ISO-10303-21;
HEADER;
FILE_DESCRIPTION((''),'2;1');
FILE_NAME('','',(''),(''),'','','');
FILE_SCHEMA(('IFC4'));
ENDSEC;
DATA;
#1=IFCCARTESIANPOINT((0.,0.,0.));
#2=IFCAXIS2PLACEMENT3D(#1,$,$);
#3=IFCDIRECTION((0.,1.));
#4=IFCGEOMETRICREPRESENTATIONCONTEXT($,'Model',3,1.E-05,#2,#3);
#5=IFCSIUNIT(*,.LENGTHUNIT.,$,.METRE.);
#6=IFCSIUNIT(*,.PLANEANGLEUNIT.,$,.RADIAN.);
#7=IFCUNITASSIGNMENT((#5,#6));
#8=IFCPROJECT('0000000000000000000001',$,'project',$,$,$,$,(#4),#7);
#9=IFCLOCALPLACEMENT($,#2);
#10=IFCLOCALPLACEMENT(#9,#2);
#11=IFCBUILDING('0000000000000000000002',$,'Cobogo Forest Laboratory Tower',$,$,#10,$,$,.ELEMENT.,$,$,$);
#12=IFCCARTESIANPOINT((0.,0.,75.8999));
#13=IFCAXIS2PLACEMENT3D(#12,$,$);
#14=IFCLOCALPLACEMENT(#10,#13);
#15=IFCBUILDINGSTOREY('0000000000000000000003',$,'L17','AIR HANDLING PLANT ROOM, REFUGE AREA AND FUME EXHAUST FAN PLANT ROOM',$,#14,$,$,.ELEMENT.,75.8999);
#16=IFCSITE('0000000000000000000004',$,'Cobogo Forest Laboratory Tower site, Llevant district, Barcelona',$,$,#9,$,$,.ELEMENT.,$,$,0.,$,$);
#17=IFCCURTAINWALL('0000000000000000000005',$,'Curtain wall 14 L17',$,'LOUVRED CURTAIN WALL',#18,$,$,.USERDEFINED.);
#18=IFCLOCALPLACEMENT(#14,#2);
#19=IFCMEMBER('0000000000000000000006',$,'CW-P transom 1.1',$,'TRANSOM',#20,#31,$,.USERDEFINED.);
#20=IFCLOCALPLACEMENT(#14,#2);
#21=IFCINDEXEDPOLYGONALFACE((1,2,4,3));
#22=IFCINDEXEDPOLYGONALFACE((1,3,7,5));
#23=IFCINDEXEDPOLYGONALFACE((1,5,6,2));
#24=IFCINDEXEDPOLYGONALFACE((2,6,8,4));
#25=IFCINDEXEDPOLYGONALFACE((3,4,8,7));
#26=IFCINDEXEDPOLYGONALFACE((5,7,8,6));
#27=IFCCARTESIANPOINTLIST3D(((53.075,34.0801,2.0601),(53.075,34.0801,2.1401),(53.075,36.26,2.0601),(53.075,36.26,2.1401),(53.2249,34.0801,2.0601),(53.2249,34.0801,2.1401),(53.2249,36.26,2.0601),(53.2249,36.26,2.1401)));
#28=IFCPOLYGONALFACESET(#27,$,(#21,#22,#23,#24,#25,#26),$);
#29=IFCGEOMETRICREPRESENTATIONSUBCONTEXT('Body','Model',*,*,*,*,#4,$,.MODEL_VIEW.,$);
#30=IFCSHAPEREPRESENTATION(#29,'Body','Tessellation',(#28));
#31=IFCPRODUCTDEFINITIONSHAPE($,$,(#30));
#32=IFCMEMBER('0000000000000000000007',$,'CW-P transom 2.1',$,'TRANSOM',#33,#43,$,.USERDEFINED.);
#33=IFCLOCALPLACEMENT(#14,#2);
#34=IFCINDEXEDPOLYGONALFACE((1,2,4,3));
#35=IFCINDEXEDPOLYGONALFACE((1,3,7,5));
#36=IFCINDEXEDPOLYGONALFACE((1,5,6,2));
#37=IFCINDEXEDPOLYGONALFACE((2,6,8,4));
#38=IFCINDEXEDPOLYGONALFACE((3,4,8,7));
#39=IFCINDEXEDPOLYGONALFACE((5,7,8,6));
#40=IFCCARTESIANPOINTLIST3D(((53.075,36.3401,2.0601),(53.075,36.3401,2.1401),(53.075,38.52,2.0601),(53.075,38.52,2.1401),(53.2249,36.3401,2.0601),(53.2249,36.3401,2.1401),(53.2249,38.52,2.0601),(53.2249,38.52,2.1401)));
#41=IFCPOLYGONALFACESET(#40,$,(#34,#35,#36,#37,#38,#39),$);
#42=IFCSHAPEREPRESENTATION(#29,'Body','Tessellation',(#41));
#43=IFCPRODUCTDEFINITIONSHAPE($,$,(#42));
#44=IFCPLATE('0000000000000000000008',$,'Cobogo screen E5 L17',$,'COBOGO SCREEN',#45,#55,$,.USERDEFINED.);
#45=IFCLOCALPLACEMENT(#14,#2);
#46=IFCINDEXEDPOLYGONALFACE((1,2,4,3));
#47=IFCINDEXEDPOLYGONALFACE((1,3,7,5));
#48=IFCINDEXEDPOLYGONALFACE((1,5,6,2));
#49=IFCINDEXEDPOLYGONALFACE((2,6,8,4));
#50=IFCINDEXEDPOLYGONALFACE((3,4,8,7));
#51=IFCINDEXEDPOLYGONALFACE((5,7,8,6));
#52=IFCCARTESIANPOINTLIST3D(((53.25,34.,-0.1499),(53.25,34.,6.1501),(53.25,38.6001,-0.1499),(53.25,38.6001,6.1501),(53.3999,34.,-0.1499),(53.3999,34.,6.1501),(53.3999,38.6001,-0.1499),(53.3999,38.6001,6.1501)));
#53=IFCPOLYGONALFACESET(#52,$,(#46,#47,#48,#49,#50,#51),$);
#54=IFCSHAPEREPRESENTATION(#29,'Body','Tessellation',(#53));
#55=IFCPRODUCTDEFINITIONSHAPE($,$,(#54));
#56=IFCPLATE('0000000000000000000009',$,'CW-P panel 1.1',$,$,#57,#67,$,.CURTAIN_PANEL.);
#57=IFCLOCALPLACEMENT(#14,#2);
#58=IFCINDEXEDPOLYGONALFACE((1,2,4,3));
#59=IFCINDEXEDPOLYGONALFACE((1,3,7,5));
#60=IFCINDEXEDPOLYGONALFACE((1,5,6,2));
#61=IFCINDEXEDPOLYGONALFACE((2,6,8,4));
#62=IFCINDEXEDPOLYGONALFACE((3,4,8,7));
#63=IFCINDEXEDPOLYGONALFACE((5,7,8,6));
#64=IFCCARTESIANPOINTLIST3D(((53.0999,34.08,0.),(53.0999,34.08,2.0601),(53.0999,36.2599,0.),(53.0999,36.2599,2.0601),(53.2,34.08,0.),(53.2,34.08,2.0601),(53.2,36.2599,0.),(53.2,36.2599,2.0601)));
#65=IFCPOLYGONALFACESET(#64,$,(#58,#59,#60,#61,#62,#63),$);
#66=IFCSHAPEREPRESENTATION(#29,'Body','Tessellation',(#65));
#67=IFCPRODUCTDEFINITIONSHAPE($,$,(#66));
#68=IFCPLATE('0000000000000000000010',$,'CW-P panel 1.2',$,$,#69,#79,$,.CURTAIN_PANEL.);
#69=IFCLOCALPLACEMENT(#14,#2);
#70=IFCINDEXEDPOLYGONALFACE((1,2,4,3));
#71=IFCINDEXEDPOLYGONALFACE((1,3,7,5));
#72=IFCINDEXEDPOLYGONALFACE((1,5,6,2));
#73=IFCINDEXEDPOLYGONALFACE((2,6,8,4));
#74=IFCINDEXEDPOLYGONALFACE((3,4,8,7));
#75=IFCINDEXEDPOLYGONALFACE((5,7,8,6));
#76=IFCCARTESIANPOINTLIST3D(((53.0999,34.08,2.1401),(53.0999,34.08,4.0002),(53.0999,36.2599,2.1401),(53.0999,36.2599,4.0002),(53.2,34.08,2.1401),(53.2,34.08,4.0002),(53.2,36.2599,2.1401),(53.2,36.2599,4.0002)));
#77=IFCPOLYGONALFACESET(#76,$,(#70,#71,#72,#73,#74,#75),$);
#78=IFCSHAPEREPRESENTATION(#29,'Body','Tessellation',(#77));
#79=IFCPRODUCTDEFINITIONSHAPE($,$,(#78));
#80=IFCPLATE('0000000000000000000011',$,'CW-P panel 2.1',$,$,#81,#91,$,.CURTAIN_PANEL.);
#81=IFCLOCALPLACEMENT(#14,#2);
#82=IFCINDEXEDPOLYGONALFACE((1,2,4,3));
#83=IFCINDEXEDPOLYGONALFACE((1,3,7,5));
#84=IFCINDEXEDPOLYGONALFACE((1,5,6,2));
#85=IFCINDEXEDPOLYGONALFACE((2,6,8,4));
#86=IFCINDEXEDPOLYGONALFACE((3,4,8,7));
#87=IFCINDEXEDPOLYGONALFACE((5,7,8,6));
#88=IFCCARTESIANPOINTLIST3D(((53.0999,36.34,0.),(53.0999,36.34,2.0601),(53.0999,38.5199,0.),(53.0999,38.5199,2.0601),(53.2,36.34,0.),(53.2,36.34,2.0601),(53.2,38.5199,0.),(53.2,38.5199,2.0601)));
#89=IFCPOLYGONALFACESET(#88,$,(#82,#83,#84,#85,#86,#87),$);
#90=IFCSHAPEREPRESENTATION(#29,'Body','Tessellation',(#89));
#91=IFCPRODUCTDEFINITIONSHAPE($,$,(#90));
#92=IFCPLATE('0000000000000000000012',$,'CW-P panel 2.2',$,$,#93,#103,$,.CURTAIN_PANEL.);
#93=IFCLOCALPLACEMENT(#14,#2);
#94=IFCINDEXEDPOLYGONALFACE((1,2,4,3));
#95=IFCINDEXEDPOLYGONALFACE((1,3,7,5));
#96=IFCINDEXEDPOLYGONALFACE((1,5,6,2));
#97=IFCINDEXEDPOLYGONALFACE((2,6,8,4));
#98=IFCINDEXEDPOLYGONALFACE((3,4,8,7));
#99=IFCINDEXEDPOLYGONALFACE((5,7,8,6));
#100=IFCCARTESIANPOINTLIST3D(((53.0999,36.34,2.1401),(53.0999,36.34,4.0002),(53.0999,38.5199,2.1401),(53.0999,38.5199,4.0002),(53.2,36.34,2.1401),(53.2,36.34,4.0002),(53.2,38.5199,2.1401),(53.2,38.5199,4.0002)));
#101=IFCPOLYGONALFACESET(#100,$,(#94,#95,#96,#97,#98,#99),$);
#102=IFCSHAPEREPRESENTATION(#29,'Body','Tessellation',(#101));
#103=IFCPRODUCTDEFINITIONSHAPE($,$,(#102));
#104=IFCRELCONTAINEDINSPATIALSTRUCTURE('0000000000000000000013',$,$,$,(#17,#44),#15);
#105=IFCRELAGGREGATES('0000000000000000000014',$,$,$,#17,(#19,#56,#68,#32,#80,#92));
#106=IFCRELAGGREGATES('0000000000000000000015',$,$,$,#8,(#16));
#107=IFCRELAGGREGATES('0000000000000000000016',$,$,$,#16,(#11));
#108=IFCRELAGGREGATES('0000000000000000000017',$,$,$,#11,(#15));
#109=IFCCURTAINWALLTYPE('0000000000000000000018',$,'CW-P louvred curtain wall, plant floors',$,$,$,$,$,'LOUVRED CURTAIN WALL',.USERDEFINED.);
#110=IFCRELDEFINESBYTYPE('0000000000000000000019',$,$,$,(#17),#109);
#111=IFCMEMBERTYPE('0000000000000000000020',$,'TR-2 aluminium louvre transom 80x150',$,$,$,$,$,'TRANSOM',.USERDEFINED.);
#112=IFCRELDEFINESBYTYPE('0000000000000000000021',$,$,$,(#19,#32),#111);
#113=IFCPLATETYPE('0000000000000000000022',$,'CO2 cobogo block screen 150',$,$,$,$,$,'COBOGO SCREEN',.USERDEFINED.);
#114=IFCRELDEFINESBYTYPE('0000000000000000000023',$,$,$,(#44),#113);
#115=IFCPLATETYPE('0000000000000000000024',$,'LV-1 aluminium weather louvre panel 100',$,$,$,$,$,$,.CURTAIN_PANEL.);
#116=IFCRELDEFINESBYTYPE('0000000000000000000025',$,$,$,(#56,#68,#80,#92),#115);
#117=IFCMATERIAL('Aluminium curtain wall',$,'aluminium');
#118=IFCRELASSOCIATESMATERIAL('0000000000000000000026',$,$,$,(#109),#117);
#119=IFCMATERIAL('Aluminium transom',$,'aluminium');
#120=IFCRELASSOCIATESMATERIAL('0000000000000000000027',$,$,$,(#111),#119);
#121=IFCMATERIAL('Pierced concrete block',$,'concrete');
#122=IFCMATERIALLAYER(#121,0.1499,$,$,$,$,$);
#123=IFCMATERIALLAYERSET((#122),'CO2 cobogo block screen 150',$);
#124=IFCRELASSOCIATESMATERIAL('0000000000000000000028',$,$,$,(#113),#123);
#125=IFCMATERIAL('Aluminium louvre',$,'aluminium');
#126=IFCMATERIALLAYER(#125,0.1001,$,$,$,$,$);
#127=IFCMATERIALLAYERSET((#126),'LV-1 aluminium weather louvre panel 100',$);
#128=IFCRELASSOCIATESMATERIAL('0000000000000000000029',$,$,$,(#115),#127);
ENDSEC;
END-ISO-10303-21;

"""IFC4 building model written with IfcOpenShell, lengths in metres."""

from ifc_helpers import new_model, si_unit, direction, frame, origin, origin_2d, place, context, subcontext, project, spatial, rectangle, extrude, material, layer, layer_set, material_profile, profile_set, type_object, element, aggregate, save


model = new_model("IFC4")

# Units and contexts
model_context = context("Model", 3, precision=1e-05, world=origin(), true_north=direction((0.0, 1.0)))
body_context = subcontext(model_context, "Body", "Model", "MODEL_VIEW")
ifc_project = project(units=[si_unit("LENGTHUNIT", "METRE"), si_unit("PLANEANGLEUNIT", "RADIAN")], contexts=[model_context])

# Site, building, storey
site_placement = place(None, origin())
site = spatial("IfcSite", under=ifc_project, at=site_placement, Name="Cobogo Forest Laboratory Tower site, Llevant district, Barcelona", CompositionType="ELEMENT", RefElevation=0.0)
building_placement = place(site_placement, origin())
building = spatial("IfcBuilding", under=site, at=building_placement, Name="Cobogo Forest Laboratory Tower", CompositionType="ELEMENT")
storey_placement = place(building_placement, frame((0.0, 0.0, 75.8999)))
storey = spatial("IfcBuildingStorey", under=building, at=storey_placement, Name="L17", Description="AIR HANDLING PLANT ROOM, REFUGE AREA AND FUME EXHAUST FAN PLANT ROOM", CompositionType="ELEMENT", Elevation=75.8999)

# Curtain wall
ifc_material_1 = material(Name="Aluminium curtain wall", Category="aluminium")
curtain_wall_type = type_object("IfcCurtainWallType", Name="CW-P louvred curtain wall, plant floors", ElementType="LOUVRED CURTAIN WALL", PredefinedType="USERDEFINED", material=ifc_material_1)
curtain_wall_placement = place(storey_placement, origin())
curtain_wall = element("IfcCurtainWall", 1, at=curtain_wall_placement, inside=storey, type_object=curtain_wall_type, Name="Curtain wall 14 L17", ObjectType="LOUVRED CURTAIN WALL", PredefinedType="USERDEFINED")

# Members
ifc_material_2 = material(Name="Aluminium transom", Category="aluminium")
ifc_material_profile_1 = material_profile(ifc_material_2, rectangle(XDim=0.1499, YDim=0.0801, at=origin_2d()), Name="AL 80x150")
ifc_profile_set_1 = profile_set([ifc_material_profile_1], Name="Aluminium transom")
member_type_1 = type_object("IfcMemberType", Name="TR-2 aluminium louvre transom 80x150", ElementType="TRANSOM", PredefinedType="USERDEFINED", material=ifc_profile_set_1)
member_1_placement = place(storey_placement, frame((53.1499, 34.0801, 2.1001), z_axis=(0.0, 1.0, 0.0), x_axis=(-1.0, 0.0, 0.0)))
member_1 = element("IfcMember", 2, at=member_1_placement, type_object=member_type_1, Name="CW-P transom 1.1", ObjectType="TRANSOM", PredefinedType="USERDEFINED", context=body_context, shape_type="SweptSolid", body=[
    extrude(rectangle(XDim=0.1499, YDim=0.0801, at=origin_2d()), origin(), (0.0, 0.0, 1.0), 2.1799),
])
member_2_placement = place(storey_placement, frame((53.1499, 36.3401, 2.1001), z_axis=(0.0, 1.0, 0.0), x_axis=(-1.0, 0.0, 0.0)))
member_2 = element("IfcMember", 3, at=member_2_placement, type_object=member_type_1, Name="CW-P transom 2.1", ObjectType="TRANSOM", PredefinedType="USERDEFINED", context=body_context, shape_type="SweptSolid", body=[
    extrude(rectangle(XDim=0.1499, YDim=0.0801, at=origin_2d()), origin(), (0.0, 0.0, 1.0), 2.1799),
])

# Plates
ifc_material_3 = material(Name="Pierced concrete block", Category="concrete")
ifc_layer_1 = layer(ifc_material_3, 0.1499)
ifc_layer_set_1 = layer_set([ifc_layer_1], Name="CO2 cobogo block screen 150")
plate_type_1 = type_object("IfcPlateType", Name="CO2 cobogo block screen 150", ElementType="COBOGO SCREEN", PredefinedType="USERDEFINED", material=ifc_layer_set_1)
plate_1_placement = place(storey_placement, frame((53.325, 36.3, -0.1499), z_axis=(0.0, 0.0, 1.0), x_axis=(0.0, 1.0, 0.0)))
element("IfcPlate", 4, at=plate_1_placement, inside=storey, type_object=plate_type_1, Name="Cobogo screen E5 L17", ObjectType="COBOGO SCREEN", PredefinedType="USERDEFINED", context=body_context, shape_type="SweptSolid", body=[
    extrude(rectangle(XDim=4.6001, YDim=0.1499, at=origin_2d()), origin(), (0.0, 0.0, 1.0), 6.3),
])
ifc_material_4 = material(Name="Aluminium louvre", Category="aluminium")
ifc_layer_2 = layer(ifc_material_4, 0.1001)
ifc_layer_set_2 = layer_set([ifc_layer_2], Name="LV-1 aluminium weather louvre panel 100")
plate_type_2 = type_object("IfcPlateType", Name="LV-1 aluminium weather louvre panel 100", PredefinedType="CURTAIN_PANEL", material=ifc_layer_set_2)
plate_2_placement = place(storey_placement, frame((53.1499, 35.1699, 0.0), z_axis=(0.0, 0.0, 1.0), x_axis=(0.0, 1.0, 0.0)))
plate_2 = element("IfcPlate", 5, at=plate_2_placement, type_object=plate_type_2, Name="CW-P panel 1.1", PredefinedType="CURTAIN_PANEL", context=body_context, shape_type="SweptSolid", body=[
    extrude(rectangle(XDim=2.1799, YDim=0.1001, at=origin_2d()), origin(), (0.0, 0.0, 1.0), 2.0601),
])
plate_3_placement = place(storey_placement, frame((53.1499, 35.1699, 2.1401), z_axis=(0.0, 0.0, 1.0), x_axis=(0.0, 1.0, 0.0)))
plate_3 = element("IfcPlate", 6, at=plate_3_placement, type_object=plate_type_2, Name="CW-P panel 1.2", PredefinedType="CURTAIN_PANEL", context=body_context, shape_type="SweptSolid", body=[
    extrude(rectangle(XDim=2.1799, YDim=0.1001, at=origin_2d()), origin(), (0.0, 0.0, 1.0), 1.8601),
])
plate_4_placement = place(storey_placement, frame((53.1499, 37.4299, 0.0), z_axis=(0.0, 0.0, 1.0), x_axis=(0.0, 1.0, 0.0)))
plate_4 = element("IfcPlate", 7, at=plate_4_placement, type_object=plate_type_2, Name="CW-P panel 2.1", PredefinedType="CURTAIN_PANEL", context=body_context, shape_type="SweptSolid", body=[
    extrude(rectangle(XDim=2.1799, YDim=0.1001, at=origin_2d()), origin(), (0.0, 0.0, 1.0), 2.0601),
])
plate_5_placement = place(storey_placement, frame((53.1499, 37.4299, 2.1401), z_axis=(0.0, 0.0, 1.0), x_axis=(0.0, 1.0, 0.0)))
plate_5 = element("IfcPlate", 8, at=plate_5_placement, type_object=plate_type_2, Name="CW-P panel 2.2", PredefinedType="CURTAIN_PANEL", context=body_context, shape_type="SweptSolid", body=[
    extrude(rectangle(XDim=2.1799, YDim=0.1001, at=origin_2d()), origin(), (0.0, 0.0, 1.0), 1.8601),
])
aggregate(curtain_wall, [member_1, plate_2, plate_3, member_2, plate_4, plate_5])

save(model, "model.ifc")
